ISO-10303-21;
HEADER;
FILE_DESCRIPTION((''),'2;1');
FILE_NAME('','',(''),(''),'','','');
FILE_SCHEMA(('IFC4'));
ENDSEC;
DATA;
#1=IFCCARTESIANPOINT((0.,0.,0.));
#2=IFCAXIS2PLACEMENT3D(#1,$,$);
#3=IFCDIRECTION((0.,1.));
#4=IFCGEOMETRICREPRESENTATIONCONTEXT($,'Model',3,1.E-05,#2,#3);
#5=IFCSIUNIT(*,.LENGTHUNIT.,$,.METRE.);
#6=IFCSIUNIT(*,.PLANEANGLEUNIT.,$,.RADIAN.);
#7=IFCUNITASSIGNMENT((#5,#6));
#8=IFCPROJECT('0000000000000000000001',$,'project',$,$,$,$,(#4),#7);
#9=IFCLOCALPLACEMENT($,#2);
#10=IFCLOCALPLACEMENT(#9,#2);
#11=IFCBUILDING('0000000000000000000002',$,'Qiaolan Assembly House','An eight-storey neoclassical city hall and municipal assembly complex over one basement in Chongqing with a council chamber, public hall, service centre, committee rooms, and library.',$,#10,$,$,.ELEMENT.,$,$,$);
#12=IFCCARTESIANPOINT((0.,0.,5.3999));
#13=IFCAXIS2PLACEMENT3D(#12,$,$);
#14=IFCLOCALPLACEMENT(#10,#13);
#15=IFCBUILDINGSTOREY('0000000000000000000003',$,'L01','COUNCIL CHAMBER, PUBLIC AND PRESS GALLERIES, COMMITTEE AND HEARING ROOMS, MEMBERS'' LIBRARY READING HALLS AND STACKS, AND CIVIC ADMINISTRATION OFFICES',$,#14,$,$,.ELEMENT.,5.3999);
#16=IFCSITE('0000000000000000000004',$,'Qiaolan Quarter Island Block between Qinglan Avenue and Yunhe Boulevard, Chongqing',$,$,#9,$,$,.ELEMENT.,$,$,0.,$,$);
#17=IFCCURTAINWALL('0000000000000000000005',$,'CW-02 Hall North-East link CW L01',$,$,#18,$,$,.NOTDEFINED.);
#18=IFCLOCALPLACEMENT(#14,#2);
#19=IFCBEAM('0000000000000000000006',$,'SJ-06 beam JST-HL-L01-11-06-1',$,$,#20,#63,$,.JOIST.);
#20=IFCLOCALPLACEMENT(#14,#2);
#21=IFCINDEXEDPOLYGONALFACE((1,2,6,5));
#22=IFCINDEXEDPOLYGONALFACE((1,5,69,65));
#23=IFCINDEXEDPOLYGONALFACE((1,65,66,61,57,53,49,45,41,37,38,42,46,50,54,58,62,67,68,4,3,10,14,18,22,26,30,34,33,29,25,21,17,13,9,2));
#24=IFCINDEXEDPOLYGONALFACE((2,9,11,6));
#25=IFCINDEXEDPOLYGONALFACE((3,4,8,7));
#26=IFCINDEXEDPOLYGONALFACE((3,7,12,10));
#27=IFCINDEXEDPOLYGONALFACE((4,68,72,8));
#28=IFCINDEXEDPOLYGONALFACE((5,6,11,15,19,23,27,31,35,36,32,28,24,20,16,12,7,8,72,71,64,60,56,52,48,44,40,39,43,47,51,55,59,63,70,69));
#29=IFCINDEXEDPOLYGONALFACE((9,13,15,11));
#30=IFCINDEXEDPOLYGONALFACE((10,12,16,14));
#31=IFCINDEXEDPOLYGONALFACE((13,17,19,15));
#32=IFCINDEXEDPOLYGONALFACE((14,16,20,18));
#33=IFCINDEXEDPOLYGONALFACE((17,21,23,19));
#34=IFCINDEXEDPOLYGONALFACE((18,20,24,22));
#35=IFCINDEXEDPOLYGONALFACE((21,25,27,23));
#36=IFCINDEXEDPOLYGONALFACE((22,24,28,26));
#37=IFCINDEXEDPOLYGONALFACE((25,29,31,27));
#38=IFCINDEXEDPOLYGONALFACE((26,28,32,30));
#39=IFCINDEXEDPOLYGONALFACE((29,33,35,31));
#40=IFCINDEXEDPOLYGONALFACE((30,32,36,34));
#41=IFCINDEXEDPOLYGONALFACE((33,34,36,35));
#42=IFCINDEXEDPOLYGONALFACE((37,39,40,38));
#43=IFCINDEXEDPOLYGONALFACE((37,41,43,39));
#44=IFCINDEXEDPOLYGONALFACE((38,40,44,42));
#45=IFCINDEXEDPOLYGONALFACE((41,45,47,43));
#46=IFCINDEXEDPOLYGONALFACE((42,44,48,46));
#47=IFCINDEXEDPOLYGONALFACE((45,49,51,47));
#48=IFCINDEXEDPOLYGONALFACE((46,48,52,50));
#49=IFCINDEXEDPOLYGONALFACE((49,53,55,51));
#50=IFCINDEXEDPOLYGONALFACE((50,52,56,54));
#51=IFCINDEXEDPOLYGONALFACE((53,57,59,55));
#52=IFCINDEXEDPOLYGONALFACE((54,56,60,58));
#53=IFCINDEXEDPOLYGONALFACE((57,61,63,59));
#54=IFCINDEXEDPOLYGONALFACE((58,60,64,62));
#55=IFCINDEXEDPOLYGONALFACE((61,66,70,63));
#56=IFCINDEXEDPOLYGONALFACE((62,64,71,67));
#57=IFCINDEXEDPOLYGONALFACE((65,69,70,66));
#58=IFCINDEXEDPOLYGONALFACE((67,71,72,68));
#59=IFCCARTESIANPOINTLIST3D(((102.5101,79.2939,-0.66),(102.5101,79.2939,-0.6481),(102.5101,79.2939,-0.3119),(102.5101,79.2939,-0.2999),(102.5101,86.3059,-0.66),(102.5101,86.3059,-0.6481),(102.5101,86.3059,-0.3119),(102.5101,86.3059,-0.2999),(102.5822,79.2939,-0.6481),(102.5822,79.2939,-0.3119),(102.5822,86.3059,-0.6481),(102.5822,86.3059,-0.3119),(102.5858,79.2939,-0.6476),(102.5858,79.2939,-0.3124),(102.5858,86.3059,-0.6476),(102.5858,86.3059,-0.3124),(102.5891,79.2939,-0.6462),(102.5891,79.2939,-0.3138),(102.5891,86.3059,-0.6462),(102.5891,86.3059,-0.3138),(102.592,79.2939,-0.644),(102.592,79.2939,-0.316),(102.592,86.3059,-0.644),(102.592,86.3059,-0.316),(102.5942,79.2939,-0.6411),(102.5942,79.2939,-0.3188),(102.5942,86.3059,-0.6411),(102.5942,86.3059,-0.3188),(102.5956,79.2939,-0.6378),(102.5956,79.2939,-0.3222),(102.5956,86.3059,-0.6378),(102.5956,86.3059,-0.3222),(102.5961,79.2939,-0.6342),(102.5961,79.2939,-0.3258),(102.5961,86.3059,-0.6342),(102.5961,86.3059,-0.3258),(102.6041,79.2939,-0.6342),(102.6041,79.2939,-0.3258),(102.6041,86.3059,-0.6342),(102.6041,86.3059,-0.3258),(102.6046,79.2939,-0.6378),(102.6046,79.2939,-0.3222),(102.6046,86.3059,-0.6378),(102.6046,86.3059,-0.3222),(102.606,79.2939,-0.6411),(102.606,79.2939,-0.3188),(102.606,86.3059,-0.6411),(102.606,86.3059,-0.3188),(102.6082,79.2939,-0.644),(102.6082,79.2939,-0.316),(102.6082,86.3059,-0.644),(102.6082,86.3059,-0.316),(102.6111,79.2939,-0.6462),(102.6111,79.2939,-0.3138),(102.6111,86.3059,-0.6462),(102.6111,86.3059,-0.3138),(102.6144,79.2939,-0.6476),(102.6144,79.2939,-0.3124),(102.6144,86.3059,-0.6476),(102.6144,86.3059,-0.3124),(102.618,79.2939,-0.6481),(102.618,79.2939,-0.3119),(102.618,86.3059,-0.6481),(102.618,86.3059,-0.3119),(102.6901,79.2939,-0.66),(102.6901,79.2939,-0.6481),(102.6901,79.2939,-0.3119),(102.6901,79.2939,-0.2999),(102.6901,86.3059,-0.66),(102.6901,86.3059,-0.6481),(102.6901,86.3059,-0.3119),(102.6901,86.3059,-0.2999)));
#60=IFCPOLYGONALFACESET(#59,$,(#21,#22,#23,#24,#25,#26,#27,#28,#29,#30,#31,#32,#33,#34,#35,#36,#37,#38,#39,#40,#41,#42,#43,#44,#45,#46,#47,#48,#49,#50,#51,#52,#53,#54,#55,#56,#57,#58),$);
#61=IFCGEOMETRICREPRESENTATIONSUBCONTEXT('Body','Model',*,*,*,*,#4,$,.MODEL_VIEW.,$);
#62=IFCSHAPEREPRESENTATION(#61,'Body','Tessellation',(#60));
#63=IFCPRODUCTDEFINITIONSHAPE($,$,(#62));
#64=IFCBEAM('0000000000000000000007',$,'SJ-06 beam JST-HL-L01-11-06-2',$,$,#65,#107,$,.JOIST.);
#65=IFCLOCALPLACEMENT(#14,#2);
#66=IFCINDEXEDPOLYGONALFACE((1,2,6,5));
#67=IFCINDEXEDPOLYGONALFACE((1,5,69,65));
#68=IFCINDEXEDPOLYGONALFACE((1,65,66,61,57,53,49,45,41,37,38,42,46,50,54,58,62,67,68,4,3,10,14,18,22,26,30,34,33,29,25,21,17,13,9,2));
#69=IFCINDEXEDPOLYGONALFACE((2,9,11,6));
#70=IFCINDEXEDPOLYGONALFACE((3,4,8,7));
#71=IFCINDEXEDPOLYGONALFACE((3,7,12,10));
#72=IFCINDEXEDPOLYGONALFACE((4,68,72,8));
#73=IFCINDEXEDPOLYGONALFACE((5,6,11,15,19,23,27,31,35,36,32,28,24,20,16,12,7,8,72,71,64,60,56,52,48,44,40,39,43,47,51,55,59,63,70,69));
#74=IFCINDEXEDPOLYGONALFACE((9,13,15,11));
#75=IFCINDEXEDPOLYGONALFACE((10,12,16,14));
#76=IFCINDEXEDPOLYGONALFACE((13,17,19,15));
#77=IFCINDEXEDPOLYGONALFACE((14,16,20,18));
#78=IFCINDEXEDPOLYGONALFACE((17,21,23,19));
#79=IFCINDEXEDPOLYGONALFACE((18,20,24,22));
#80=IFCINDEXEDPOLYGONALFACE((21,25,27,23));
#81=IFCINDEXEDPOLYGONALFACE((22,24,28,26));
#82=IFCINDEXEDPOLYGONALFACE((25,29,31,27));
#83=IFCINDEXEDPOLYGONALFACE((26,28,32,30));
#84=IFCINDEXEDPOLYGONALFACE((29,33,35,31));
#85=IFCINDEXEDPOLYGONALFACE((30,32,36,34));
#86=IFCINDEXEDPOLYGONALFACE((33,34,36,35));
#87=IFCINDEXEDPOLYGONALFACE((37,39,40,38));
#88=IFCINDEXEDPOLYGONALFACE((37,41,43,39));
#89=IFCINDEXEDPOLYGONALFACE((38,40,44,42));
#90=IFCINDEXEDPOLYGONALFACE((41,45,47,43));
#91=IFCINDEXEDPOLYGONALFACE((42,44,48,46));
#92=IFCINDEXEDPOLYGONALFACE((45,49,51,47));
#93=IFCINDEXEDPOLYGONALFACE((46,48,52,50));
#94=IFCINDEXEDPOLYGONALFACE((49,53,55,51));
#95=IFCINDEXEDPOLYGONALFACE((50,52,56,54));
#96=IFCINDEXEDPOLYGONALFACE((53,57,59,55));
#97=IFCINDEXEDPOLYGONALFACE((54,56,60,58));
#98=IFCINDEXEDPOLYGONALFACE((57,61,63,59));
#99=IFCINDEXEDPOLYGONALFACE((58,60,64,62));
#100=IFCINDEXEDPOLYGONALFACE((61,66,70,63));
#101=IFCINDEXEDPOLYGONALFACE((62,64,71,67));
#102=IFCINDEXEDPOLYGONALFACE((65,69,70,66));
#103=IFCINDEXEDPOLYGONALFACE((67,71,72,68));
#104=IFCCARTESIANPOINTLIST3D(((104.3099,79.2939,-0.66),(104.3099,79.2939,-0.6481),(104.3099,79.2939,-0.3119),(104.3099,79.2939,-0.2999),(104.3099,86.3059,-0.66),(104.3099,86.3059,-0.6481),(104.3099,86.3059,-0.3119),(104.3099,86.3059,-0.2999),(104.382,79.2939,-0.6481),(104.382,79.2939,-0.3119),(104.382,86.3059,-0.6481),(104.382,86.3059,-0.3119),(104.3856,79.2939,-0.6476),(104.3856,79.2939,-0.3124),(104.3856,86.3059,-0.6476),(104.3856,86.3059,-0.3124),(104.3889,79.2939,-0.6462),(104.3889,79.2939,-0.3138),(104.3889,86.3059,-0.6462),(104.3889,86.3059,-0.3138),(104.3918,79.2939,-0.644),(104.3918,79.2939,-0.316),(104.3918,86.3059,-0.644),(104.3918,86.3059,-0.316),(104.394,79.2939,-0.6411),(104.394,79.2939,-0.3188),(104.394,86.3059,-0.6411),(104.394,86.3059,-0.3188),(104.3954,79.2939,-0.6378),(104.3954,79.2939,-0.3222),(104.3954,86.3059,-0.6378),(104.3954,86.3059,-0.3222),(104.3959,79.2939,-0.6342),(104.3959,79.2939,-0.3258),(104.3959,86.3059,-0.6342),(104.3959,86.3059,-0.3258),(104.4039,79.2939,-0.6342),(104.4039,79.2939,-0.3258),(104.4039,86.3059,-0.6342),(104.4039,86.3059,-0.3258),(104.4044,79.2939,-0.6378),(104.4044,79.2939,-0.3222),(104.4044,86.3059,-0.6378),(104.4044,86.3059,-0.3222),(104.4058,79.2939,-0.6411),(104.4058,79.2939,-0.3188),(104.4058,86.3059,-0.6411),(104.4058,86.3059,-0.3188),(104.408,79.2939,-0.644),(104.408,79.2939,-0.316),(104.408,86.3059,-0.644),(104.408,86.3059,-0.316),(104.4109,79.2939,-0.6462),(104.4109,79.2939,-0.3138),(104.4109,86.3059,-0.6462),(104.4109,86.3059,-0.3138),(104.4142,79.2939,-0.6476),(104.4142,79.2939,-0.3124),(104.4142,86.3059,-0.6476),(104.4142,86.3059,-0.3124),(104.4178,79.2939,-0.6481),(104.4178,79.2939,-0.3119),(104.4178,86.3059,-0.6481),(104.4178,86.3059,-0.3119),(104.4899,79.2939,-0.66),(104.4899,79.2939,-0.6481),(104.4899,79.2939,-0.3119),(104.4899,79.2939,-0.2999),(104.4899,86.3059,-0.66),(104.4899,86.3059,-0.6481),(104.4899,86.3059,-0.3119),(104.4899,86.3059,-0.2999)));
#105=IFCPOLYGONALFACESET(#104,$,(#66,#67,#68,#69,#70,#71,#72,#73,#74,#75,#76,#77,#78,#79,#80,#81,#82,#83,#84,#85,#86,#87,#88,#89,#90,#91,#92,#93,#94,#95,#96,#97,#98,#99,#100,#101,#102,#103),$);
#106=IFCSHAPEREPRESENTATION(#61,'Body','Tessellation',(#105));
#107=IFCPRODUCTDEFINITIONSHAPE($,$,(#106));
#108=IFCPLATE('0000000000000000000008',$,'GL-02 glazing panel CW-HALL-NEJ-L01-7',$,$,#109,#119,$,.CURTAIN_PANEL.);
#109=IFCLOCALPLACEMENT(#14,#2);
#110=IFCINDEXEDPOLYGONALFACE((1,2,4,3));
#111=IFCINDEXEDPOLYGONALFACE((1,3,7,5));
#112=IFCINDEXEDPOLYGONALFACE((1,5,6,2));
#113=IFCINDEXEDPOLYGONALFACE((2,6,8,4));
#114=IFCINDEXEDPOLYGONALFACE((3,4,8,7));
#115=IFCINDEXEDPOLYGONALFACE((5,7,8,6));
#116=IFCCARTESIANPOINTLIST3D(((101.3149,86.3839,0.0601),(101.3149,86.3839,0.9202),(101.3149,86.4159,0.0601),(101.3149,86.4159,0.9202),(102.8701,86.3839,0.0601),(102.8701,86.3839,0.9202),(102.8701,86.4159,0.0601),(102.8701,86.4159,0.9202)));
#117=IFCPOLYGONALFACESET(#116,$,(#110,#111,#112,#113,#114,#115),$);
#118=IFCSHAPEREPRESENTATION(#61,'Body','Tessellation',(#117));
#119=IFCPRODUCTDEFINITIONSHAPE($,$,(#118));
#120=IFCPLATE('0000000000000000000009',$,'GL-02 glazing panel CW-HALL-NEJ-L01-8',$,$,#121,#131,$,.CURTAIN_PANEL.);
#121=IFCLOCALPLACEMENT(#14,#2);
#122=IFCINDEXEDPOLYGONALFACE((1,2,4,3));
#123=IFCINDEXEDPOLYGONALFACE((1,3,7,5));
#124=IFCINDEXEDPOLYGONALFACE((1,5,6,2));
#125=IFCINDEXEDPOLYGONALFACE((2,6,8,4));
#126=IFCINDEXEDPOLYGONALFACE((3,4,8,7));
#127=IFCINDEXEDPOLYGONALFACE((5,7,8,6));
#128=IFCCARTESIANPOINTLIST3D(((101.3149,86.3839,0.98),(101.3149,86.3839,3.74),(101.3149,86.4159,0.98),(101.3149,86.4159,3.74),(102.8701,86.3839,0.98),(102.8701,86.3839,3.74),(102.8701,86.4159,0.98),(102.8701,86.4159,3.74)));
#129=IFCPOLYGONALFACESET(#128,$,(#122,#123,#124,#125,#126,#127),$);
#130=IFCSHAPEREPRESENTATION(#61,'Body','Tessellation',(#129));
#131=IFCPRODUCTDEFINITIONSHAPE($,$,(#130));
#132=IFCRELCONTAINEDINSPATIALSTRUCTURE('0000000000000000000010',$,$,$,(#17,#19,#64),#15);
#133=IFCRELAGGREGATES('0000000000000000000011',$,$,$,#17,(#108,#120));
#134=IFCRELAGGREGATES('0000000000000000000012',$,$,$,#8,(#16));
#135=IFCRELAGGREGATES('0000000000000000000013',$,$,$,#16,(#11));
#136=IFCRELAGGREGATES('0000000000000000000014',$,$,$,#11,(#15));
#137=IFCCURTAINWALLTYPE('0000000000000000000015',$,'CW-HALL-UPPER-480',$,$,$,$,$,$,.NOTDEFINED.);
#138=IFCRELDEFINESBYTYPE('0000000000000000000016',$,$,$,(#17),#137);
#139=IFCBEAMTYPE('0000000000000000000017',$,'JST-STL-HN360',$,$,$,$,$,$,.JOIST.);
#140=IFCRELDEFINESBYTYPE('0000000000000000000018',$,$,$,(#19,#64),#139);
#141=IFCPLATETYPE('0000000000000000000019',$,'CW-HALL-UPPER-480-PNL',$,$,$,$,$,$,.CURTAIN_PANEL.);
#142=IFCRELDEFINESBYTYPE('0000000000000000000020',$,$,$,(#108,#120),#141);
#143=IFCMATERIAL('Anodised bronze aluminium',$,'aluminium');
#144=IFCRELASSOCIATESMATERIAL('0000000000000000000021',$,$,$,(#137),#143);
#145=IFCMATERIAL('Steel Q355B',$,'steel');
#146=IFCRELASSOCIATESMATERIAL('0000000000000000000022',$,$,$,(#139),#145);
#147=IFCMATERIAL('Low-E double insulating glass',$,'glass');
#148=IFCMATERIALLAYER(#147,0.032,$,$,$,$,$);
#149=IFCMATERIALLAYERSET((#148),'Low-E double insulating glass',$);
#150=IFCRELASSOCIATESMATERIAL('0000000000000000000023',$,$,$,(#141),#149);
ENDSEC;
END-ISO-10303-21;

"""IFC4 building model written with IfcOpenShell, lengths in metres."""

from ifc_helpers import new_model, si_unit, direction, frame, frame_2d, origin, origin_2d, place, context, subcontext, project, spatial, rectangle, i_section, extrude, material, layer, layer_set, material_profile, profile_set, type_object, element, aggregate, save


model = new_model("IFC4")

# Units and contexts
model_context = context("Model", 3, precision=1e-05, world=origin(), true_north=direction((0.0, 1.0)))
body_context = subcontext(model_context, "Body", "Model", "MODEL_VIEW")
ifc_project = project(units=[si_unit("LENGTHUNIT", "METRE"), si_unit("PLANEANGLEUNIT", "RADIAN")], contexts=[model_context])

# Site, building, storey
site_placement = place(None, origin())
site = spatial("IfcSite", under=ifc_project, at=site_placement, Name="Qiaolan Quarter Island Block between Qinglan Avenue and Yunhe Boulevard, Chongqing", CompositionType="ELEMENT", RefElevation=0.0)
building_placement = place(site_placement, origin())
building = spatial("IfcBuilding", under=site, at=building_placement, Name="Qiaolan Assembly House", Description="An eight-storey neoclassical city hall and municipal assembly complex over one basement in Chongqing with a council chamber, public hall, service centre, committee rooms, and library.", CompositionType="ELEMENT")
storey_placement = place(building_placement, frame((0.0, 0.0, 5.3999)))
storey = spatial("IfcBuildingStorey", under=building, at=storey_placement, Name="L01", Description="COUNCIL CHAMBER, PUBLIC AND PRESS GALLERIES, COMMITTEE AND HEARING ROOMS, MEMBERS' LIBRARY READING HALLS AND STACKS, AND CIVIC ADMINISTRATION OFFICES", CompositionType="ELEMENT", Elevation=5.3999)

# Shared definitions
ifc_material_1 = material(Name="Steel Q355B", Category="steel")

# Curtain wall
ifc_material_2 = material(Name="Anodised bronze aluminium", Category="aluminium")
curtain_wall_type = type_object("IfcCurtainWallType", Name="CW-HALL-UPPER-480", PredefinedType="NOTDEFINED", material=ifc_material_2)
curtain_wall_placement = place(storey_placement, origin())
curtain_wall = element("IfcCurtainWall", 1, at=curtain_wall_placement, inside=storey, type_object=curtain_wall_type, Name="CW-02 Hall North-East link CW L01", PredefinedType="NOTDEFINED")

# Beams
ifc_material_profile_1 = material_profile(ifc_material_1, i_section(OverallWidth=0.1799, OverallDepth=0.3601, WebThickness=0.0081, FlangeThickness=0.012, FilletRadius=0.0139, at=origin_2d()), Name="HN 360x180x8x12")
ifc_profile_set_1 = profile_set([ifc_material_profile_1], Name="Steel Q355B")
beam_type_1 = type_object("IfcBeamType", Name="JST-STL-HN360", PredefinedType="JOIST", material=ifc_profile_set_1)
for number, where, z_axis, x_axis, name in (
    (2, (102.6001, 79.2939, -0.48), (0.0, 1.0, 0.0), (-1.0, 0.0, 0.0), "SJ-06 beam JST-HL-L01-11-06-1"),
    (3, (104.3999, 79.2939, -0.48), (0.0, 1.0, 0.0), (-1.0, 0.0, 0.0), "SJ-06 beam JST-HL-L01-11-06-2"),
):
    element("IfcBeam", number, at=place(storey_placement, frame(where, z_axis=z_axis, x_axis=x_axis)), inside=storey, type_object=beam_type_1, Name=name, PredefinedType="JOIST", context=body_context, shape_type="SweptSolid", body=[
        extrude(i_section(OverallWidth=0.1799, OverallDepth=0.3601, WebThickness=0.0081, FlangeThickness=0.012, FilletRadius=0.0139, at=origin_2d()), origin(), (0.0, 0.0, 1.0), 7.012),
    ])

# Plates
ifc_material_3 = material(Name="Low-E double insulating glass", Category="glass")
ifc_layer = layer(ifc_material_3, 0.032)
ifc_layer_set = layer_set([ifc_layer], Name="Low-E double insulating glass")
plate_type = type_object("IfcPlateType", Name="CW-HALL-UPPER-480-PNL", PredefinedType="CURTAIN_PANEL", material=ifc_layer_set)
plate_1_placement = place(storey_placement, frame((102.8701, 86.3999, 0.0601), z_axis=(0.0, 0.0, 1.0), x_axis=(-1.0, 0.0, 0.0)))
plate_1 = element("IfcPlate", 4, at=plate_1_placement, type_object=plate_type, Name="GL-02 glazing panel CW-HALL-NEJ-L01-7", PredefinedType="CURTAIN_PANEL", context=body_context, shape_type="SweptSolid", body=[
    extrude(rectangle(XDim=1.5552, YDim=0.032, at=frame_2d((0.7776, 0.0))), origin(), (0.0, 0.0, 1.0), 0.8601),
])
plate_2_placement = place(storey_placement, frame((102.8701, 86.3999, 0.98), z_axis=(0.0, 0.0, 1.0), x_axis=(-1.0, 0.0, 0.0)))
plate_2 = element("IfcPlate", 5, at=plate_2_placement, type_object=plate_type, Name="GL-02 glazing panel CW-HALL-NEJ-L01-8", PredefinedType="CURTAIN_PANEL", context=body_context, shape_type="SweptSolid", body=[
    extrude(rectangle(XDim=1.5552, YDim=0.032, at=frame_2d((0.7776, 0.0))), origin(), (0.0, 0.0, 1.0), 2.76),
])
aggregate(curtain_wall, [plate_1, plate_2])

save(model, "model.ifc")
